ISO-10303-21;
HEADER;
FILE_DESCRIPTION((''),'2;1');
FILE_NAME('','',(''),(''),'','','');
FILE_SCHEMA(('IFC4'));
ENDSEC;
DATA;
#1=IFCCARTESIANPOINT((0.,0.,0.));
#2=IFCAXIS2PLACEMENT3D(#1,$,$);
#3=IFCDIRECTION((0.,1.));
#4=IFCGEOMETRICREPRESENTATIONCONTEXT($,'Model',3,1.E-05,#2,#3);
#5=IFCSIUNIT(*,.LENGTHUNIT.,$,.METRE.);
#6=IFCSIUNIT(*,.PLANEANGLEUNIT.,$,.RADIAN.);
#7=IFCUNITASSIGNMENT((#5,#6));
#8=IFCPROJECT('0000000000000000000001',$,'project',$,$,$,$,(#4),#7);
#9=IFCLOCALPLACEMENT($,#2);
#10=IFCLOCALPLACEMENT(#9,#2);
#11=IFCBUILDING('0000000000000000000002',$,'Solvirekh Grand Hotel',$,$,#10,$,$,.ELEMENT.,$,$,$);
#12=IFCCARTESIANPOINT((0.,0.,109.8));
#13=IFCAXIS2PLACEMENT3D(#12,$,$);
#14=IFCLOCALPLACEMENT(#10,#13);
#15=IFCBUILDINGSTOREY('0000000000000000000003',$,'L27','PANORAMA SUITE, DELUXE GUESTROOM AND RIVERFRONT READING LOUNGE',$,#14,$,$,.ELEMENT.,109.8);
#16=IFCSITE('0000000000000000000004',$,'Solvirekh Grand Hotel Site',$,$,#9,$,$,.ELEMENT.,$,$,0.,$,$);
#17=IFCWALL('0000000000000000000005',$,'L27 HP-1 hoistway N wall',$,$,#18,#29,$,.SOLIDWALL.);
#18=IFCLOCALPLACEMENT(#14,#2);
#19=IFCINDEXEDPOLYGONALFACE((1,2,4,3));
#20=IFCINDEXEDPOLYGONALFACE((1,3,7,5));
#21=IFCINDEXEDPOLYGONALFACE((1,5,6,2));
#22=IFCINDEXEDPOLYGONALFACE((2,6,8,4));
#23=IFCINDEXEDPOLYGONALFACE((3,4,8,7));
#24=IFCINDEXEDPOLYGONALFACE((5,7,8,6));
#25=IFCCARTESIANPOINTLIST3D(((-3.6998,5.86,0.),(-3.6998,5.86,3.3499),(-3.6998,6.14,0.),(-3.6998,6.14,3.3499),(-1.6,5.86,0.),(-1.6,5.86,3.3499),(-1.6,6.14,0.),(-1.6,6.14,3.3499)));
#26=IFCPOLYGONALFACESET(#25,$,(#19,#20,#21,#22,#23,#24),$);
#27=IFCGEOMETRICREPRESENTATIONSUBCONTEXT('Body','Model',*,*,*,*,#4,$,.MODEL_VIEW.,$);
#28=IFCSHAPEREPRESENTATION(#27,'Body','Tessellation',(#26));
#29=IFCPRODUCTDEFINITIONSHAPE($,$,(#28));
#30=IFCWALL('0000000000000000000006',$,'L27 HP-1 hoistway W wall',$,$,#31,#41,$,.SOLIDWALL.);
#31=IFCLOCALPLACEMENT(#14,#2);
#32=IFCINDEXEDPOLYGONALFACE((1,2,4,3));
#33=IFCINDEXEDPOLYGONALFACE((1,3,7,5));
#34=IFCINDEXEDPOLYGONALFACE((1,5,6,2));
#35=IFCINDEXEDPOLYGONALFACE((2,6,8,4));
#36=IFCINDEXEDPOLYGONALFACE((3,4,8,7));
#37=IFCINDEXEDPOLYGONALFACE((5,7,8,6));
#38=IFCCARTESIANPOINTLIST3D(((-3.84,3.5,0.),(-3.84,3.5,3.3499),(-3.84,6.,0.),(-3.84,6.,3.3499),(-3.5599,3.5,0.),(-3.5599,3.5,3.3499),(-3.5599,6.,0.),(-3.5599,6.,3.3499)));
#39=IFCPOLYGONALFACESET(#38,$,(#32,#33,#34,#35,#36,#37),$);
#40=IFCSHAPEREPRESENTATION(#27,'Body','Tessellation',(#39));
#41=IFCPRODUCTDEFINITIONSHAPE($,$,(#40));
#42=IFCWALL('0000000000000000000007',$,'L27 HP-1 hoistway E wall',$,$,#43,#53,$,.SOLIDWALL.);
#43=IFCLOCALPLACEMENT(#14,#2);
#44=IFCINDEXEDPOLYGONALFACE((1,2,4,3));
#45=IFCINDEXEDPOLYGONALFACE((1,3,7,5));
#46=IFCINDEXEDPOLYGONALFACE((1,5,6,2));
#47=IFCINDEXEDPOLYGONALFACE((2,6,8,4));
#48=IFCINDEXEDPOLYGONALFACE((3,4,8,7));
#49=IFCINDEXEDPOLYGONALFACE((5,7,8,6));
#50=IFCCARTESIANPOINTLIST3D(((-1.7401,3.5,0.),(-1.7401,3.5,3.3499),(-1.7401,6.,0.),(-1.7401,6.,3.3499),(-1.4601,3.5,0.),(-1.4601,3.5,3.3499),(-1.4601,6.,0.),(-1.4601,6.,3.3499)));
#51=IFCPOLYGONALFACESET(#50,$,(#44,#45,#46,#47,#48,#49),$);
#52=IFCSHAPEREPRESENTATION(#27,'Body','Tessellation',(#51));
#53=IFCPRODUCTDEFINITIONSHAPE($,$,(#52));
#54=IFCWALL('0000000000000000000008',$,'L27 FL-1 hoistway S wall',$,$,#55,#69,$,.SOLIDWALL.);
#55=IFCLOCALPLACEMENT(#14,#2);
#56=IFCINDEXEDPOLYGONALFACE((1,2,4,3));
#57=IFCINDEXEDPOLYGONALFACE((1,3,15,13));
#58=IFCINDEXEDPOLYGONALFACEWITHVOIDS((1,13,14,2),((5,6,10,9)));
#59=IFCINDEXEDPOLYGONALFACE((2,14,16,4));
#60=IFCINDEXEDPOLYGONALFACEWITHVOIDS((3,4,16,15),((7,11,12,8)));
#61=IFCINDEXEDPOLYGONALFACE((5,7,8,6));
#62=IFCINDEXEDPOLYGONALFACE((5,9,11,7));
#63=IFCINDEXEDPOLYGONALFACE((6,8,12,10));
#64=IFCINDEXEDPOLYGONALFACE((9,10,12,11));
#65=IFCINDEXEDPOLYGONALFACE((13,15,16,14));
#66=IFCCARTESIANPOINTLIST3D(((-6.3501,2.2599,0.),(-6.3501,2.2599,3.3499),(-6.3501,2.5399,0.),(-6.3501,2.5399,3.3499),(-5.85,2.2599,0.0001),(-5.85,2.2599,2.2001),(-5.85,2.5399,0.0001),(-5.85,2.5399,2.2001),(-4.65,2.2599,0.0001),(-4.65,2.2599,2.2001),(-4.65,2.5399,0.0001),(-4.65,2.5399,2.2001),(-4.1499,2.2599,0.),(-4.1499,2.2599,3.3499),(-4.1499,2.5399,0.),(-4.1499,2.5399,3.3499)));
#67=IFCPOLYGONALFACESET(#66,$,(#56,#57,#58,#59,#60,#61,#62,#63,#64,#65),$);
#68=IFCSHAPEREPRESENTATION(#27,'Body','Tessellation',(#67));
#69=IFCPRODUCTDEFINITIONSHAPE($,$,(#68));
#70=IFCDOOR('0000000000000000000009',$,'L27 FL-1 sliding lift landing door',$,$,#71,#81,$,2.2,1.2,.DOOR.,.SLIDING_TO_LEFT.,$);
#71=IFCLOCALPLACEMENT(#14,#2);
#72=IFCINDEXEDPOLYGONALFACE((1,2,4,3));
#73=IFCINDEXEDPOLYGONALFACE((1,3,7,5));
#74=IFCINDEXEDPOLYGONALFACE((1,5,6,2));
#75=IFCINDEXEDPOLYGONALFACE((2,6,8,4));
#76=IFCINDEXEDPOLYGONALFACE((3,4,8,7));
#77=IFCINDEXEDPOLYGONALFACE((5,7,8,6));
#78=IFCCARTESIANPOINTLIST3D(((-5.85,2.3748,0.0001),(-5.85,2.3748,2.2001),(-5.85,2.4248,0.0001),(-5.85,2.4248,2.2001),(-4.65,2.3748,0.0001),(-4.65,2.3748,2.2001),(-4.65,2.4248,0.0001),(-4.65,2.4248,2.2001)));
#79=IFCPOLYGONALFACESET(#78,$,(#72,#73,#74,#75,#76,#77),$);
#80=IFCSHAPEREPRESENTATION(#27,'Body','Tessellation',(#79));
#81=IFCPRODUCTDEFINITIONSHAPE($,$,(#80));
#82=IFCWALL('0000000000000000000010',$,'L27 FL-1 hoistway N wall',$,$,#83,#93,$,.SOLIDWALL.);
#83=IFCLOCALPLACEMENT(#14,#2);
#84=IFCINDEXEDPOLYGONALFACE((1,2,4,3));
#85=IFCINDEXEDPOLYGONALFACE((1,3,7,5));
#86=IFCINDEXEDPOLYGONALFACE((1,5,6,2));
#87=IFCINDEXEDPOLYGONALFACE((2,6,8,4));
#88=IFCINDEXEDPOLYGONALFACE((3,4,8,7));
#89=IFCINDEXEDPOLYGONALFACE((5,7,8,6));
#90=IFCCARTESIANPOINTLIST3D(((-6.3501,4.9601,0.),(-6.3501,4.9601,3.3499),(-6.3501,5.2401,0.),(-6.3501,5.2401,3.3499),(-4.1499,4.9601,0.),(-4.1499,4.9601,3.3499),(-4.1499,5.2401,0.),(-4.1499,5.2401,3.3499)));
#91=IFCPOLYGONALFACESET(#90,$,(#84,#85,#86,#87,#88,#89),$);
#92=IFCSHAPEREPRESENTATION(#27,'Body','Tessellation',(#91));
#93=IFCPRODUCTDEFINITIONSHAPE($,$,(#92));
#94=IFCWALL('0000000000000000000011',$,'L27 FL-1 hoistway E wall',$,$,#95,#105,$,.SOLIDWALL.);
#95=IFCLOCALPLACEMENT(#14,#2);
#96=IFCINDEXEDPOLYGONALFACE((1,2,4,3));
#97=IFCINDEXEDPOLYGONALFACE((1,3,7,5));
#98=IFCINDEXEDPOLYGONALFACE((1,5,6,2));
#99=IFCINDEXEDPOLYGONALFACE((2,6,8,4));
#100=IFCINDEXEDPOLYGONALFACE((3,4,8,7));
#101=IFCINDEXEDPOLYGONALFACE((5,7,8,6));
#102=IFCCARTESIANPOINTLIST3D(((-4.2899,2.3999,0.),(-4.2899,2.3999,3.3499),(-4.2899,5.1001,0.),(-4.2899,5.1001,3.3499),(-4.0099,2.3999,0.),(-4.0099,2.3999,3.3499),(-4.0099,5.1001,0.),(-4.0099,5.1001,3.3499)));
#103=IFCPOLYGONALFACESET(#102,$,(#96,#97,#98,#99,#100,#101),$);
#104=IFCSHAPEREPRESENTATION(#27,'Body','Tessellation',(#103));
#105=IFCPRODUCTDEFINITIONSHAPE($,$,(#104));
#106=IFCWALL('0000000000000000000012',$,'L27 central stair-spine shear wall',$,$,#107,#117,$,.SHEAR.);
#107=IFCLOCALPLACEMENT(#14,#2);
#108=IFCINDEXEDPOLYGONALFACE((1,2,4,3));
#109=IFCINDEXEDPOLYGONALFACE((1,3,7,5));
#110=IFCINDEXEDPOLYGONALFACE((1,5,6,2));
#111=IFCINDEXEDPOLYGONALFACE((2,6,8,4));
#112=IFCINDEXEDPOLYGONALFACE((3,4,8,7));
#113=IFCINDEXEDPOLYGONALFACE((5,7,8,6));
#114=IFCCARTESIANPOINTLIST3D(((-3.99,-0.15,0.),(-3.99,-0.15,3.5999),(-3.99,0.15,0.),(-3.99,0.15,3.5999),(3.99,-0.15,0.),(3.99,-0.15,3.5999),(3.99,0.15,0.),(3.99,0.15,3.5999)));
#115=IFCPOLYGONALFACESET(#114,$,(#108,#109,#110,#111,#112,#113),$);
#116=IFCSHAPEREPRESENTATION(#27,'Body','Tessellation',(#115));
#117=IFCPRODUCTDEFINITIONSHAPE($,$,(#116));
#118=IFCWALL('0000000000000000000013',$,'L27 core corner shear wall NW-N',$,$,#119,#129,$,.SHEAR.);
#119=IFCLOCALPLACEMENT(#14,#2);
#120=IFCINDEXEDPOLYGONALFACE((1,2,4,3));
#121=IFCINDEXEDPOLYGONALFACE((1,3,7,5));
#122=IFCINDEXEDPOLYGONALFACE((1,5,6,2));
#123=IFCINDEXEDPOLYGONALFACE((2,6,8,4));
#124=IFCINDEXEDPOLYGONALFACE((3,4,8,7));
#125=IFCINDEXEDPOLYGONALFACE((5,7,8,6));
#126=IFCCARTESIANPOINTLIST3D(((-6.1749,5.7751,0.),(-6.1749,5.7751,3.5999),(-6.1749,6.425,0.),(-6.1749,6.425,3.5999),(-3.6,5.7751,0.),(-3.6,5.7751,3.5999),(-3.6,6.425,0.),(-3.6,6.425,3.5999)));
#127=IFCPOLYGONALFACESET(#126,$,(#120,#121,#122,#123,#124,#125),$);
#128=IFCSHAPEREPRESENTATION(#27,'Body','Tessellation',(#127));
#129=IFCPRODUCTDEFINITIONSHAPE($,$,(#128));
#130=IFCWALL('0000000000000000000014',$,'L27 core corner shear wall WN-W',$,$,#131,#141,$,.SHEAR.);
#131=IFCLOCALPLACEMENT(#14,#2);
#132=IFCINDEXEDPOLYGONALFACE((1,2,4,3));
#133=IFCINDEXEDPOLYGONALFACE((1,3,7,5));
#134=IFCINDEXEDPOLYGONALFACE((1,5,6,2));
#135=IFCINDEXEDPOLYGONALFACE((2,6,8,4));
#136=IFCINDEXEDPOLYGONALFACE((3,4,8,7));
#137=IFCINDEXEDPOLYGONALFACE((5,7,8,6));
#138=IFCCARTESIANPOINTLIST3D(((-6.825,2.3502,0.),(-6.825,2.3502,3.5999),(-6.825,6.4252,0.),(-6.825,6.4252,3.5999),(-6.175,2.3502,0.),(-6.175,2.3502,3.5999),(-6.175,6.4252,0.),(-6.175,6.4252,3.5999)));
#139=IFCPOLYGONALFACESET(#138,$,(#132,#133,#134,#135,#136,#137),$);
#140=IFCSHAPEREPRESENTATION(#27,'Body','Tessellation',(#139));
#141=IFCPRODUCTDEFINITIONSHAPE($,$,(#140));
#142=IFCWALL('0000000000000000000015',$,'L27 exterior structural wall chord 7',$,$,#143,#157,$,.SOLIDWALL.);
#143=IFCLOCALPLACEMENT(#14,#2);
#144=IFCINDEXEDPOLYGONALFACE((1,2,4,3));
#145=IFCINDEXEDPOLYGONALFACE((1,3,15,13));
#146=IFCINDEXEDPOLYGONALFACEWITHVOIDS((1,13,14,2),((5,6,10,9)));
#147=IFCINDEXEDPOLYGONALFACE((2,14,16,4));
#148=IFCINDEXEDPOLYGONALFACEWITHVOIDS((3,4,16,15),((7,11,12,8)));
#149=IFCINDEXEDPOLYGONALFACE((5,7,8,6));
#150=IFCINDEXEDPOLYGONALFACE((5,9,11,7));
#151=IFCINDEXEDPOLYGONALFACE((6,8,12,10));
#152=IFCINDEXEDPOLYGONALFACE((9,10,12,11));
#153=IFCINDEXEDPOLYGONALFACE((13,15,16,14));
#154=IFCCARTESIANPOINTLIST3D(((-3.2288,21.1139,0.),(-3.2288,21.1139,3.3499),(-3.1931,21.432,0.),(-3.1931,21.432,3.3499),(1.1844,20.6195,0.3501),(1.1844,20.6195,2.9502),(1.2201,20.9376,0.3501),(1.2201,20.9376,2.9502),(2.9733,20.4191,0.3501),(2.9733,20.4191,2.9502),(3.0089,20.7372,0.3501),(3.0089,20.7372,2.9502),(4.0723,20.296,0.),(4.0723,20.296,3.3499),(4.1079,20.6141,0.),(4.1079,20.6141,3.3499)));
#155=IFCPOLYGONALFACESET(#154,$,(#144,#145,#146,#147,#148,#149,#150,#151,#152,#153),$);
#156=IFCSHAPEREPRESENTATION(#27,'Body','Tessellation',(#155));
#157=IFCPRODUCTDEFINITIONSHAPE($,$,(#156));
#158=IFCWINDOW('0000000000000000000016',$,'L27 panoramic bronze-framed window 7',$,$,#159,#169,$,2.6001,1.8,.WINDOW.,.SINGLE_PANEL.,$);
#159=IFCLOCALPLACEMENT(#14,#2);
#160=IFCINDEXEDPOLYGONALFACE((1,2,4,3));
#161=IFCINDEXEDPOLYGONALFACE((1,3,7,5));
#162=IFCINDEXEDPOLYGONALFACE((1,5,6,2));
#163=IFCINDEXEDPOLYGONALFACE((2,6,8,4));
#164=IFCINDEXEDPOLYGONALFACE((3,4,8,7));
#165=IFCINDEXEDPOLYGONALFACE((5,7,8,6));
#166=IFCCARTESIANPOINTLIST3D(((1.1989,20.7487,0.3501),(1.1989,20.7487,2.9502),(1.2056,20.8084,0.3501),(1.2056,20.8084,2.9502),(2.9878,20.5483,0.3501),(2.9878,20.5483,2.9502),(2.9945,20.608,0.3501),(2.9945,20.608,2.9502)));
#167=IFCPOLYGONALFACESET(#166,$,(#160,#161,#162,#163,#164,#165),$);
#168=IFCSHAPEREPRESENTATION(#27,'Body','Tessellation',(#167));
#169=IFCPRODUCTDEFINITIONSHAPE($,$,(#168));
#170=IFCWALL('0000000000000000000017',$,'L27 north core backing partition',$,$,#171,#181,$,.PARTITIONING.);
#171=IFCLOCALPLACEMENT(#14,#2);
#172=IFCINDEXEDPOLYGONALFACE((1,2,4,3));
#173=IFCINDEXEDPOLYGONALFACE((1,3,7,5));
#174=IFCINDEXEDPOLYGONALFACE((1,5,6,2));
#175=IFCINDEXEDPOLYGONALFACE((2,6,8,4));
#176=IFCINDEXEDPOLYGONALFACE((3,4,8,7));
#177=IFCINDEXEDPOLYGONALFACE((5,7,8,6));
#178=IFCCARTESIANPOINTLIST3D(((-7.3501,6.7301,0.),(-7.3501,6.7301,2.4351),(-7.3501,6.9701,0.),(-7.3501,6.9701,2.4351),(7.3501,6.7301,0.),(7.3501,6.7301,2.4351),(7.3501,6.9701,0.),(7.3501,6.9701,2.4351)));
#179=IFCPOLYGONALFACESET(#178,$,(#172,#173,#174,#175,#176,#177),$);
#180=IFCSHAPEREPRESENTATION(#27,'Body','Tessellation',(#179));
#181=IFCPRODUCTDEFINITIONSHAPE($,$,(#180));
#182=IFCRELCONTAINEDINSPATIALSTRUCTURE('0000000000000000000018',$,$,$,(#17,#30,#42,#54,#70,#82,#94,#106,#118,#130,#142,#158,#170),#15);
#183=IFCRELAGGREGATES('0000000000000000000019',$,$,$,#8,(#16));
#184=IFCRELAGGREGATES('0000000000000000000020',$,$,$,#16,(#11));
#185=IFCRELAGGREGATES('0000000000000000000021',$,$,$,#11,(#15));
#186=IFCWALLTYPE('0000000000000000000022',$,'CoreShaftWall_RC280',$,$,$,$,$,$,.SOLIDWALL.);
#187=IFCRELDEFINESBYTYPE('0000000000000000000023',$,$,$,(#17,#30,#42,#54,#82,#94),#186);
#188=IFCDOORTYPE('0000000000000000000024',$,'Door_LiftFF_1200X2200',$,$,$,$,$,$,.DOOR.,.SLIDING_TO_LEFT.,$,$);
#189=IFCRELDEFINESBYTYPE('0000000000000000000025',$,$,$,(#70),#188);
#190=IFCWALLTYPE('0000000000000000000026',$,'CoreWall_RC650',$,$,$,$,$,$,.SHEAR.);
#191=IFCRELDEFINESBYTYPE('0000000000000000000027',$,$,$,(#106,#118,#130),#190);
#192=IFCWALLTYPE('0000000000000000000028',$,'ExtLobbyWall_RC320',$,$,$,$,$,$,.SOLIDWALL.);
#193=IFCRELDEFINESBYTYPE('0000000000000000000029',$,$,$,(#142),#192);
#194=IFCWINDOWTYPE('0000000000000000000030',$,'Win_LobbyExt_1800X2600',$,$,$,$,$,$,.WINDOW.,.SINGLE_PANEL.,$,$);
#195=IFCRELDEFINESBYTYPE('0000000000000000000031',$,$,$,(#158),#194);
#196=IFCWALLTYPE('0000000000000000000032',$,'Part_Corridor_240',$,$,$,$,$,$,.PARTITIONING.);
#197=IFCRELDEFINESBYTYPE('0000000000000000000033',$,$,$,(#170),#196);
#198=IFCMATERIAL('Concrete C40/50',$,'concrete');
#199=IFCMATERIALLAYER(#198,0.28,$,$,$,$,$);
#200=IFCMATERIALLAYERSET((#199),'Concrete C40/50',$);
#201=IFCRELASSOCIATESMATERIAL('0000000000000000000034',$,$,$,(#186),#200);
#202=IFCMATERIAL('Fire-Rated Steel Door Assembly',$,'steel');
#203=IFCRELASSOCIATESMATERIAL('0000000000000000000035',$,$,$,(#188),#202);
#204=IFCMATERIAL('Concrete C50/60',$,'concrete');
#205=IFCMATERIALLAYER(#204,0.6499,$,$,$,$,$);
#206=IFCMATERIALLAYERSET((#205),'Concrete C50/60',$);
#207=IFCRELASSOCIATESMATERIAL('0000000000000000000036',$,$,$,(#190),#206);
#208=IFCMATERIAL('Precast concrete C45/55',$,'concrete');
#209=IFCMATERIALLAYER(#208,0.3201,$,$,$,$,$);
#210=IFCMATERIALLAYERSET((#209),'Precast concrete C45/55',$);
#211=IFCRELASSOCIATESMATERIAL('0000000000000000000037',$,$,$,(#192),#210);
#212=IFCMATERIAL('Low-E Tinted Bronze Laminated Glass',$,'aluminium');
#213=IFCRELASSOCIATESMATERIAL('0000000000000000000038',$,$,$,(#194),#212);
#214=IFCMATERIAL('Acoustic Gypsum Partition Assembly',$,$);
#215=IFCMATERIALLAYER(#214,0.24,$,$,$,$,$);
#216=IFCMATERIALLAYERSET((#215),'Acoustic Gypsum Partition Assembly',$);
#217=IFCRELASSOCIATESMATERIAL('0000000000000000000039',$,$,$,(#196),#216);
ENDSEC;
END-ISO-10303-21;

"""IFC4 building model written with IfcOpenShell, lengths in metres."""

from ifc_helpers import new_model, si_unit, direction, frame, frame_2d, origin, place, context, subcontext, project, spatial, rectangle, extrude, material, layer, layer_set, type_object, element, fill, save


model = new_model("IFC4")

# Units and contexts
model_context = context("Model", 3, precision=1e-05, world=origin(), true_north=direction((0.0, 1.0)))
body_context = subcontext(model_context, "Body", "Model", "MODEL_VIEW")
ifc_project = project(units=[si_unit("LENGTHUNIT", "METRE"), si_unit("PLANEANGLEUNIT", "RADIAN")], contexts=[model_context])

# Site, building, storey
site_placement = place(None, origin())
site = spatial("IfcSite", under=ifc_project, at=site_placement, Name="Solvirekh Grand Hotel Site", CompositionType="ELEMENT", RefElevation=0.0)
building_placement = place(site_placement, origin())
building = spatial("IfcBuilding", under=site, at=building_placement, Name="Solvirekh Grand Hotel", CompositionType="ELEMENT")
storey_placement = place(building_placement, frame((0.0, 0.0, 109.8)))
storey = spatial("IfcBuildingStorey", under=building, at=storey_placement, Name="L27", Description="PANORAMA SUITE, DELUXE GUESTROOM AND RIVERFRONT READING LOUNGE", CompositionType="ELEMENT", Elevation=109.8)

# Shared definitions
ifc_material_1 = material(Name="Concrete C50/60", Category="concrete")

# Shared definitions
ifc_material_2 = material(Name="Low-E Tinted Bronze Laminated Glass", Category="aluminium")

# Walls
ifc_material_3 = material(Name="Concrete C40/50", Category="concrete")
ifc_layer_1 = layer(ifc_material_3, 0.28)
ifc_layer_set_1 = layer_set([ifc_layer_1], Name="Concrete C40/50")
wall_type_1 = type_object("IfcWallType", Name="CoreShaftWall_RC280", PredefinedType="SOLIDWALL", material=ifc_layer_set_1)
wall_1_placement = place(storey_placement, frame((-1.6001, 6.0, 0.0), z_axis=(0.0, 0.0, 1.0), x_axis=(-1.0, 0.0, 0.0)))
element("IfcWall", 1, at=wall_1_placement, inside=storey, type_object=wall_type_1, Name="L27 HP-1 hoistway N wall", PredefinedType="SOLIDWALL", context=body_context, shape_type="SweptSolid", body=[
    extrude(rectangle(XDim=2.0999, YDim=0.28, at=frame_2d((1.0498, 0.0))), origin(), (0.0, 0.0, 1.0), 3.3499),
])
for number, where, z_axis, x_axis, name in (
    (2, (-3.7, 6.0, 0.0), (0.0, 0.0, 1.0), (0.0, -1.0, 0.0), "L27 HP-1 hoistway W wall"),
    (3, (-1.6001, 3.5, 0.0), (0.0, 0.0, 1.0), (0.0, 1.0, 0.0), "L27 HP-1 hoistway E wall"),
):
    element("IfcWall", number, at=place(storey_placement, frame(where, z_axis=z_axis, x_axis=x_axis)), inside=storey, type_object=wall_type_1, Name=name, PredefinedType="SOLIDWALL", context=body_context, shape_type="SweptSolid", body=[
        extrude(rectangle(XDim=2.5, YDim=0.28, at=frame_2d((1.25, 0.0))), origin(), (0.0, 0.0, 1.0), 3.3499),
    ])

# Wall, opening, door
wall_2_placement = place(storey_placement, frame((-6.3501, 2.3999, 0.0), z_axis=(0.0, 0.0, 1.0), x_axis=(1.0, 0.0, 0.0)))
wall_2 = element("IfcWall", 4, at=wall_2_placement, inside=storey, type_object=wall_type_1, Name="L27 FL-1 hoistway S wall", PredefinedType="SOLIDWALL", context=body_context, shape_type="SweptSolid", body=[
    extrude(rectangle(XDim=2.2002, YDim=0.28, at=frame_2d((1.1001, 0.0))), origin(), (0.0, 0.0, 1.0), 3.3499),
])
opening_1_placement = place(wall_2_placement, frame((0.5, 0.0, 0.0)))
opening_1 = element("IfcOpeningElement", 5, at=opening_1_placement, cuts=wall_2, PredefinedType="OPENING", context=body_context, shape_type="SweptSolid", body=[
    extrude(rectangle(XDim=1.2, YDim=2.2, at=frame_2d((0.6001, 1.1001))), frame((0.0, 0.1499, 0.0), z_axis=(0.0, -1.0, 0.0), x_axis=(1.0, 0.0, 0.0)), (0.0, 0.0, 1.0), 0.3),
])
ifc_material_4 = material(Name="Fire-Rated Steel Door Assembly", Category="steel")
door_type_1 = type_object("IfcDoorType", Name="Door_LiftFF_1200X2200", OperationType="SLIDING_TO_LEFT", PredefinedType="DOOR", material=ifc_material_4)
door_1_placement = place(opening_1_placement, origin())
door_1 = element("IfcDoor", 6, at=door_1_placement, inside=storey, type_object=door_type_1, Name="L27 FL-1 sliding lift landing door", OperationType="SLIDING_TO_LEFT", OverallHeight=2.2, OverallWidth=1.2, PredefinedType="DOOR", context=body_context, shape_type="SweptSolid", body=[
    extrude(rectangle(XDim=1.2, YDim=2.2, at=frame_2d((0.6001, 1.1001))), frame((0.0, 0.0249, 0.0), z_axis=(0.0, -1.0, 0.0), x_axis=(1.0, 0.0, 0.0)), (0.0, 0.0, 1.0), 0.05),
])
fill(opening_1, door_1)

# Walls
wall_3_placement = place(storey_placement, frame((-4.1499, 5.1001, 0.0), z_axis=(0.0, 0.0, 1.0), x_axis=(-1.0, 0.0, 0.0)))
element("IfcWall", 7, at=wall_3_placement, inside=storey, type_object=wall_type_1, Name="L27 FL-1 hoistway N wall", PredefinedType="SOLIDWALL", context=body_context, shape_type="SweptSolid", body=[
    extrude(rectangle(XDim=2.2002, YDim=0.28, at=frame_2d((1.1001, 0.0))), origin(), (0.0, 0.0, 1.0), 3.3499),
])
wall_4_placement = place(storey_placement, frame((-4.1499, 2.3999, 0.0), z_axis=(0.0, 0.0, 1.0), x_axis=(0.0, 1.0, 0.0)))
element("IfcWall", 8, at=wall_4_placement, inside=storey, type_object=wall_type_1, Name="L27 FL-1 hoistway E wall", PredefinedType="SOLIDWALL", context=body_context, shape_type="SweptSolid", body=[
    extrude(rectangle(XDim=2.7002, YDim=0.28, at=frame_2d((1.3501, 0.0))), origin(), (0.0, 0.0, 1.0), 3.3499),
])
ifc_layer_2 = layer(ifc_material_1, 0.6499)
ifc_layer_set_2 = layer_set([ifc_layer_2], Name="Concrete C50/60")
wall_type_2 = type_object("IfcWallType", Name="CoreWall_RC650", PredefinedType="SHEAR", material=ifc_layer_set_2)
wall_5_placement = place(storey_placement, frame((-3.99, 0.0, 0.0), z_axis=(0.0, 0.0, 1.0), x_axis=(1.0, 0.0, 0.0)))
element("IfcWall", 9, at=wall_5_placement, inside=storey, type_object=wall_type_2, Name="L27 central stair-spine shear wall", PredefinedType="SHEAR", context=body_context, shape_type="SweptSolid", body=[
    extrude(rectangle(XDim=7.98, YDim=0.3, at=frame_2d((3.99, 0.0))), origin(), (0.0, 0.0, 1.0), 3.5999),
])
wall_6_placement = place(storey_placement, frame((-6.175, 6.1001, 0.0), z_axis=(0.0, 0.0, 1.0), x_axis=(1.0, 0.0, 0.0)))
element("IfcWall", 10, at=wall_6_placement, inside=storey, type_object=wall_type_2, Name="L27 core corner shear wall NW-N", PredefinedType="SHEAR", context=body_context, shape_type="SweptSolid", body=[
    extrude(rectangle(XDim=2.575, YDim=0.6499, at=frame_2d((1.2876, 0.0))), origin(), (0.0, 0.0, 1.0), 3.5999),
])
wall_7_placement = place(storey_placement, frame((-6.5, 2.3501, 0.0), z_axis=(0.0, 0.0, 1.0), x_axis=(0.0, 1.0, 0.0)))
element("IfcWall", 11, at=wall_7_placement, inside=storey, type_object=wall_type_2, Name="L27 core corner shear wall WN-W", PredefinedType="SHEAR", context=body_context, shape_type="SweptSolid", body=[
    extrude(rectangle(XDim=4.075, YDim=0.6499, at=frame_2d((2.0376, 0.0))), origin(), (0.0, 0.0, 1.0), 3.5999),
])

# Wall, opening, window
ifc_material_5 = material(Name="Precast concrete C45/55", Category="concrete")
ifc_layer_3 = layer(ifc_material_5, 0.3201)
ifc_layer_set_3 = layer_set([ifc_layer_3], Name="Precast concrete C45/55")
wall_type_3 = type_object("IfcWallType", Name="ExtLobbyWall_RC320", PredefinedType="SOLIDWALL", material=ifc_layer_set_3)
wall_8_placement = place(storey_placement, frame((-3.2109, 21.2729, 0.0), z_axis=(0.0, 0.0, 1.0), x_axis=(0.993784, -0.111325, 0.0)))
wall_8 = element("IfcWall", 12, at=wall_8_placement, inside=storey, type_object=wall_type_3, Name="L27 exterior structural wall chord 7", PredefinedType="SOLIDWALL", context=body_context, shape_type="SweptSolid", body=[
    extrude(rectangle(XDim=7.3467, YDim=0.3201, at=frame_2d((3.6733, 0.0))), origin(), (0.0, 0.0, 1.0), 3.3499),
])
opening_2_placement = place(wall_8_placement, frame((4.4409, 0.0, 0.3501)))
opening_2 = element("IfcOpeningElement", 13, at=opening_2_placement, cuts=wall_8, PredefinedType="OPENING", context=body_context, shape_type="SweptSolid", body=[
    extrude(rectangle(XDim=1.8, YDim=2.6001, at=frame_2d((0.8999, 1.3))), frame((0.0, 0.1699, 0.0), z_axis=(0.0, -1.0, 0.0), x_axis=(1.0, 0.0, 0.0)), (0.0, 0.0, 1.0), 0.3401),
])
window_type = type_object("IfcWindowType", Name="Win_LobbyExt_1800X2600", PartitioningType="SINGLE_PANEL", PredefinedType="WINDOW", material=ifc_material_2)
window_placement = place(opening_2_placement, origin())
window = element("IfcWindow", 14, at=window_placement, inside=storey, type_object=window_type, Name="L27 panoramic bronze-framed window 7", OverallHeight=2.6001, OverallWidth=1.8, PartitioningType="SINGLE_PANEL", PredefinedType="WINDOW", context=body_context, shape_type="SweptSolid", body=[
    extrude(rectangle(XDim=1.8, YDim=2.6001, at=frame_2d((0.8999, 1.3))), frame((0.0, 0.03, 0.0), z_axis=(0.0, -1.0, 0.0), x_axis=(1.0, 0.0, 0.0)), (0.0, 0.0, 1.0), 0.0601),
])
fill(opening_2, window)

# Wall
ifc_material_6 = material(Name="Acoustic Gypsum Partition Assembly")
ifc_layer_4 = layer(ifc_material_6, 0.24)
ifc_layer_set_4 = layer_set([ifc_layer_4], Name="Acoustic Gypsum Partition Assembly")
wall_type_4 = type_object("IfcWallType", Name="Part_Corridor_240", PredefinedType="PARTITIONING", material=ifc_layer_set_4)
wall_9_placement = place(storey_placement, frame((-7.3501, 6.8501, 0.0), z_axis=(0.0, 0.0, 1.0), x_axis=(1.0, 0.0, 0.0)))
element("IfcWall", 15, at=wall_9_placement, inside=storey, type_object=wall_type_4, Name="L27 north core backing partition", PredefinedType="PARTITIONING", context=body_context, shape_type="SweptSolid", body=[
    extrude(rectangle(XDim=14.7002, YDim=0.24, at=frame_2d((7.3501, 0.0))), origin(), (0.0, 0.0, 1.0), 2.4351),
])

save(model, "model.ifc")
